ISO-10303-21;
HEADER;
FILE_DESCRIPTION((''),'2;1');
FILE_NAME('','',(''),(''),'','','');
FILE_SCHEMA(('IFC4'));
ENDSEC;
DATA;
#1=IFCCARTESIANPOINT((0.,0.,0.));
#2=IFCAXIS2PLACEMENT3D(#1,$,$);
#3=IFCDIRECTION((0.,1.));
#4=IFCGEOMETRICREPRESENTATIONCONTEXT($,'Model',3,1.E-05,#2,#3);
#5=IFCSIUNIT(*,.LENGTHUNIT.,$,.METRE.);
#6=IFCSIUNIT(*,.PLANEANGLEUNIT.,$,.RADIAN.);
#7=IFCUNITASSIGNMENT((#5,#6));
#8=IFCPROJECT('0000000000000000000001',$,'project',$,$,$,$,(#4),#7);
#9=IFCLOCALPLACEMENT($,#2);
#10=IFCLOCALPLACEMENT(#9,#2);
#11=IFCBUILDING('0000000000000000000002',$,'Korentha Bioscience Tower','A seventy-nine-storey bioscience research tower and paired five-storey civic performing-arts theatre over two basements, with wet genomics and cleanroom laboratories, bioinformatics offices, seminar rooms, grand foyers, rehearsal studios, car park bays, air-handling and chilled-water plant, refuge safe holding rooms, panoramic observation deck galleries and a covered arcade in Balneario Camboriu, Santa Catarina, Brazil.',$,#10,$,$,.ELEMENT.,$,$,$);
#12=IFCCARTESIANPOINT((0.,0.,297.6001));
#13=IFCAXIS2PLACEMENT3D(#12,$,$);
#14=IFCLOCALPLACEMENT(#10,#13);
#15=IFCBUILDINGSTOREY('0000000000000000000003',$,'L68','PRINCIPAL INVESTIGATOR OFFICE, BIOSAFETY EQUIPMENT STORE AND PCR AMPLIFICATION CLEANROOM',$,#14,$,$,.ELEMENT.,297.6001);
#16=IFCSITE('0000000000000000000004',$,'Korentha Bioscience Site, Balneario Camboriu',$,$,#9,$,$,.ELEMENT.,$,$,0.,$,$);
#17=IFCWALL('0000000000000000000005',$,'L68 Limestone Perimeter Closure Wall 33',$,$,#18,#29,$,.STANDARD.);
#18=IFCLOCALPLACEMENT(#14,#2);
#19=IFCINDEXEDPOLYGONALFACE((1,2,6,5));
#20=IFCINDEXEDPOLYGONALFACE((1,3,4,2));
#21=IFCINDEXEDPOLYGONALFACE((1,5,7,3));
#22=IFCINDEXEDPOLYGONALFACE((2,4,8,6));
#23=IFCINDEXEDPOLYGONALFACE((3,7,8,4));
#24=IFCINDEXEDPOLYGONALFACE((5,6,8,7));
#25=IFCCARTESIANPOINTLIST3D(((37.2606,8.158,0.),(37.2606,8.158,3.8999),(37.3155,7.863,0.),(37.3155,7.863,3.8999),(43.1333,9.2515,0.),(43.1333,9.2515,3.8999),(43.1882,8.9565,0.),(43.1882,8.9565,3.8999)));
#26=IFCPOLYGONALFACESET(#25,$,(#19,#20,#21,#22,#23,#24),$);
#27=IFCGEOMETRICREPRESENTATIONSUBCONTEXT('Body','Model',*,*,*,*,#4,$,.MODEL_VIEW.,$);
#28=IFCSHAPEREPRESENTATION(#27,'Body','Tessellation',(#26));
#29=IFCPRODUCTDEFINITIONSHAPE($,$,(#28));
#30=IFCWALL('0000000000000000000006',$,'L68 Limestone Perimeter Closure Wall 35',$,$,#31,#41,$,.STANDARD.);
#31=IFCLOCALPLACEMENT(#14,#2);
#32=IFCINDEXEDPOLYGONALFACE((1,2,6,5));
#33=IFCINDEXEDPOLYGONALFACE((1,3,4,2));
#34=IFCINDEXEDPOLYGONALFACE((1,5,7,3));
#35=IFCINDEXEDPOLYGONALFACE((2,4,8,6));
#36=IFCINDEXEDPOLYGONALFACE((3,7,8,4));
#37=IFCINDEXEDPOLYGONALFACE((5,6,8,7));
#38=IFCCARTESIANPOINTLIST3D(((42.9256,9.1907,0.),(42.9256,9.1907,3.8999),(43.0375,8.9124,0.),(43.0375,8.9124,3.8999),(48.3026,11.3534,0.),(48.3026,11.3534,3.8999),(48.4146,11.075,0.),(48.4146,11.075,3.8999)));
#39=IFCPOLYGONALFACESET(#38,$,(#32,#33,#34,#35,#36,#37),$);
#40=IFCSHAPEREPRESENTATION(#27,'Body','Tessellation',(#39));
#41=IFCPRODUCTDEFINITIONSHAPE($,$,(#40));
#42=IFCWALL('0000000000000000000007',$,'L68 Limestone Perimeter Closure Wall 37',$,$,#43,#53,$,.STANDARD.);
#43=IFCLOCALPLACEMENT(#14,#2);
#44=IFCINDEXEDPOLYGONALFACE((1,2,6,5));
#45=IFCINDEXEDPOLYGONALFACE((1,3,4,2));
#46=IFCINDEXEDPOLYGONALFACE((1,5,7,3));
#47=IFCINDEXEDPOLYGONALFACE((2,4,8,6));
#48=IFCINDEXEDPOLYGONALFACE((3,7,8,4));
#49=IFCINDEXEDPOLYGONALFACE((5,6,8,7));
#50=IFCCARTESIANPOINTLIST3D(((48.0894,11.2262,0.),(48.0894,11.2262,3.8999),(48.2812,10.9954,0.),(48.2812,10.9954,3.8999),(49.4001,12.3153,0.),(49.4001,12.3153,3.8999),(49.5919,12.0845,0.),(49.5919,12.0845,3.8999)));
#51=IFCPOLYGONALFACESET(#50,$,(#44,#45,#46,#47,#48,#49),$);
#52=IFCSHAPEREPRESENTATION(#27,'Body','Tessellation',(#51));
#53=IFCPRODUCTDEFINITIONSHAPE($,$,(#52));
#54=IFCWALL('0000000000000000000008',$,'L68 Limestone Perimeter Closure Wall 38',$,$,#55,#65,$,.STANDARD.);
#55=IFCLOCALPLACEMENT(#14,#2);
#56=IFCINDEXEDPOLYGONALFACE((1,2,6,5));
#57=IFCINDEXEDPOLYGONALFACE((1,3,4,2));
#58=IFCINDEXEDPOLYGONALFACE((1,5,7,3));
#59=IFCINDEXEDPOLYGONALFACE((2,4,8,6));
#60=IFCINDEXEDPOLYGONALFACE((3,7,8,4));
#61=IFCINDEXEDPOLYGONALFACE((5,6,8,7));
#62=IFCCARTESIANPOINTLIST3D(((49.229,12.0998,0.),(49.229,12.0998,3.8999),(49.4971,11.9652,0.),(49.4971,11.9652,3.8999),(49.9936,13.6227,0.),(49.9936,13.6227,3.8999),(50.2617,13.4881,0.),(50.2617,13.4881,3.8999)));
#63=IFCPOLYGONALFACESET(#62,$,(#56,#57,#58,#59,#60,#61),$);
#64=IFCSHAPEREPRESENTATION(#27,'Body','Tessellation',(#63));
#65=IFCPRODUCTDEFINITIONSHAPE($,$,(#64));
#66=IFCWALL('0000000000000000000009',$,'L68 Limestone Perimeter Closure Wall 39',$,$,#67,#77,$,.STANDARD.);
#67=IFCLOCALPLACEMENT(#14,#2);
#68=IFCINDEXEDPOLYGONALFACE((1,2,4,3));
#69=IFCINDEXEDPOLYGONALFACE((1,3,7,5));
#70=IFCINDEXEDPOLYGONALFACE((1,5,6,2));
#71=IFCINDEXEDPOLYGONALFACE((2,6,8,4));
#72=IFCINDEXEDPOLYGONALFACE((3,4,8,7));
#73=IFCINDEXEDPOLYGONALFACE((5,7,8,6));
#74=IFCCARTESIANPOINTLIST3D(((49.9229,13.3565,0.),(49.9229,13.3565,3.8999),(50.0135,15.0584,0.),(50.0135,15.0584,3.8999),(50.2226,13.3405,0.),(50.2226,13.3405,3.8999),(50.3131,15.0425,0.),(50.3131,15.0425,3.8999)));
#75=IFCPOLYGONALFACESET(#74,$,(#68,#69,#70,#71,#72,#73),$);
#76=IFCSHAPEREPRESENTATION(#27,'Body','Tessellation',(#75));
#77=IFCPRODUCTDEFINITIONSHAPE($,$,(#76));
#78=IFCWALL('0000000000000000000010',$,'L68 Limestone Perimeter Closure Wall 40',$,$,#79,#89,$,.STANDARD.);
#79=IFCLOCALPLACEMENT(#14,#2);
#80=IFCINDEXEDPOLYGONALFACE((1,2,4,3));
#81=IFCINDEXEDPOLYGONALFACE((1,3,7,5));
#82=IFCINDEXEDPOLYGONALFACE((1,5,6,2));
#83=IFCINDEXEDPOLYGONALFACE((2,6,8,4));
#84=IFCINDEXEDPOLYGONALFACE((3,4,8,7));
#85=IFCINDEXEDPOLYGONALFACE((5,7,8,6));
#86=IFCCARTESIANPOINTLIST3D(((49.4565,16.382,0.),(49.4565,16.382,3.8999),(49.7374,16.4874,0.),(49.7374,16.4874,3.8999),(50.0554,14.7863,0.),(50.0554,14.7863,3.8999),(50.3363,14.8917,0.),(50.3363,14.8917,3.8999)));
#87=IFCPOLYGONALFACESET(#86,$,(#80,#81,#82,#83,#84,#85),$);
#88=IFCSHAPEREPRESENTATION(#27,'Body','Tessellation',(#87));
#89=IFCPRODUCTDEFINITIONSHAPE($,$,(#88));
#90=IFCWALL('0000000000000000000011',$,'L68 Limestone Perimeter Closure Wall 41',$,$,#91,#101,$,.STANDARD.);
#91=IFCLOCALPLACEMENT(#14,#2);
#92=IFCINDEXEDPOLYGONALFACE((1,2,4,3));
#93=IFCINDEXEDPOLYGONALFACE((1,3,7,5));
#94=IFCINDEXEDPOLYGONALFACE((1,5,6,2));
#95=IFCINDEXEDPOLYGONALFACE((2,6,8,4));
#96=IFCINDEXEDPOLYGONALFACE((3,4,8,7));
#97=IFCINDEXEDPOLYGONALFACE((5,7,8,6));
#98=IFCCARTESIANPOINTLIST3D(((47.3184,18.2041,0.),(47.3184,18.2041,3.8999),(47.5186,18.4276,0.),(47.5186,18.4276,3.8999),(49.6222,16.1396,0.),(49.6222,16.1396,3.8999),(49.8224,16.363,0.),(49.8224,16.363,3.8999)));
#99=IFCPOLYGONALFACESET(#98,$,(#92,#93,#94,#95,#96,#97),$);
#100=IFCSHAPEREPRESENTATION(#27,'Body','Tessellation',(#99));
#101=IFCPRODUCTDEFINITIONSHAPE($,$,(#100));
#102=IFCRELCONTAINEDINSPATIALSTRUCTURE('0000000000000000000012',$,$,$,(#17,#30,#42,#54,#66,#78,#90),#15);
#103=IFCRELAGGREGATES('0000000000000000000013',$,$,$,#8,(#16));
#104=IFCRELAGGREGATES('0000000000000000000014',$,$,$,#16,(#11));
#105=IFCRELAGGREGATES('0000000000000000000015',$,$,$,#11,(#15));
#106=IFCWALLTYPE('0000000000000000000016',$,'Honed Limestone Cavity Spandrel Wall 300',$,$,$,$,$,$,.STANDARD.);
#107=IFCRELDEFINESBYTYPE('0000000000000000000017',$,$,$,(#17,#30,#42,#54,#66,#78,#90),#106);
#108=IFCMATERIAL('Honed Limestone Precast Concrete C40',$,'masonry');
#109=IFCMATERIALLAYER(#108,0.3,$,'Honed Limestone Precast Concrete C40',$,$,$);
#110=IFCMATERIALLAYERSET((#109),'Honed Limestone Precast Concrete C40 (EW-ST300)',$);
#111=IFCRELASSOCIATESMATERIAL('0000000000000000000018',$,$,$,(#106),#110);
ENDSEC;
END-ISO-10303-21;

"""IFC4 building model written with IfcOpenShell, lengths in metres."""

from ifc_helpers import new_model, si_unit, direction, frame, frame_2d, origin, place, context, subcontext, project, spatial, rectangle, extrude, material, layer, layer_set, type_object, element, save


model = new_model("IFC4")

# Units and contexts
model_context = context("Model", 3, precision=1e-05, world=origin(), true_north=direction((0.0, 1.0)))
body_context = subcontext(model_context, "Body", "Model", "MODEL_VIEW")
ifc_project = project(units=[si_unit("LENGTHUNIT", "METRE"), si_unit("PLANEANGLEUNIT", "RADIAN")], contexts=[model_context])

# Site, building, storey
site_placement = place(None, origin())
site = spatial("IfcSite", under=ifc_project, at=site_placement, Name="Korentha Bioscience Site, Balneario Camboriu", CompositionType="ELEMENT", RefElevation=0.0)
building_placement = place(site_placement, origin())
building = spatial("IfcBuilding", under=site, at=building_placement, Name="Korentha Bioscience Tower", Description="A seventy-nine-storey bioscience research tower and paired five-storey civic performing-arts theatre over two basements, with wet genomics and cleanroom laboratories, bioinformatics offices, seminar rooms, grand foyers, rehearsal studios, car park bays, air-handling and chilled-water plant, refuge safe holding rooms, panoramic observation deck galleries and a covered arcade in Balneario Camboriu, Santa Catarina, Brazil.", CompositionType="ELEMENT")
storey_placement = place(building_placement, frame((0.0, 0.0, 297.6001)))
storey = spatial("IfcBuildingStorey", under=building, at=storey_placement, Name="L68", Description="PRINCIPAL INVESTIGATOR OFFICE, BIOSAFETY EQUIPMENT STORE AND PCR AMPLIFICATION CLEANROOM", CompositionType="ELEMENT", Elevation=297.6001)

# Walls
ifc_material_1 = material(Name="Honed Limestone Precast Concrete C40", Category="masonry")
ifc_layer_1 = layer(ifc_material_1, 0.3, Name="Honed Limestone Precast Concrete C40")
ifc_layer_set_1 = layer_set([ifc_layer_1], Name="Honed Limestone Precast Concrete C40 (EW-ST300)")
wall_type_1 = type_object("IfcWallType", Name="Honed Limestone Cavity Spandrel Wall 300", PredefinedType="STANDARD", material=ifc_layer_set_1)
wall_1_placement = place(storey_placement, frame((37.2881, 8.0105, 0.0), z_axis=(0.0, 0.0, 1.0), x_axis=(0.983103, 0.183052, 0.0)))
element("IfcWall", 1, at=wall_1_placement, inside=storey, type_object=wall_type_1, Name="L68 Limestone Perimeter Closure Wall 33", PredefinedType="STANDARD", context=body_context, shape_type="SweptSolid", body=[
    extrude(rectangle(XDim=5.9736, YDim=0.3, at=frame_2d((2.9868, 0.0))), origin(), (0.0, 0.0, 1.0), 3.8999),
])
wall_2_placement = place(storey_placement, frame((42.9814, 9.0515, 0.0), z_axis=(0.0, 0.0, 1.0), x_axis=(0.927772, 0.373148, 0.0)))
element("IfcWall", 2, at=wall_2_placement, inside=storey, type_object=wall_type_1, Name="L68 Limestone Perimeter Closure Wall 35", PredefinedType="STANDARD", context=body_context, shape_type="SweptSolid", body=[
    extrude(rectangle(XDim=5.7957, YDim=0.3, at=frame_2d((2.8979, 0.0))), origin(), (0.0, 0.0, 1.0), 3.8999),
])
for number, where, z_axis, x_axis, name in (
    (3, (48.1853, 11.1108, 0.0), (0.0, 0.0, 1.0), (0.769148, 0.639071, 0.0), "L68 Limestone Perimeter Closure Wall 37"),
    (4, (49.363, 12.0325, 0.0), (0.0, 0.0, 1.0), (0.448703, 0.893681, 0.0), "L68 Limestone Perimeter Closure Wall 38"),
):
    element("IfcWall", number, at=place(storey_placement, frame(where, z_axis=z_axis, x_axis=x_axis)), inside=storey, type_object=wall_type_1, Name=name, PredefinedType="STANDARD", context=body_context, shape_type="SweptSolid", body=[
        extrude(rectangle(XDim=1.7041, YDim=0.3, at=frame_2d((0.8521, 0.0))), origin(), (0.0, 0.0, 1.0), 3.8999),
    ])
for number, where, z_axis, x_axis, name in (
    (5, (50.0728, 13.3486, 0.0), (0.0, 0.0, 1.0), (0.053145, 0.998587, 0.0), "L68 Limestone Perimeter Closure Wall 39"),
    (6, (50.1958, 14.8391, 0.0), (0.0, 0.0, 1.0), (-0.351375, 0.936235, 0.0), "L68 Limestone Perimeter Closure Wall 40"),
):
    element("IfcWall", number, at=place(storey_placement, frame(where, z_axis=z_axis, x_axis=x_axis)), inside=storey, type_object=wall_type_1, Name=name, PredefinedType="STANDARD", context=body_context, shape_type="SweptSolid", body=[
        extrude(rectangle(XDim=1.7043, YDim=0.3, at=frame_2d((0.8521, 0.0))), origin(), (0.0, 0.0, 1.0), 3.8999),
    ])
wall_3_placement = place(storey_placement, frame((49.7224, 16.2512, 0.0), z_axis=(0.0, 0.0, 1.0), x_axis=(-0.744721, 0.667376, 0.0)))
element("IfcWall", 7, at=wall_3_placement, inside=storey, type_object=wall_type_1, Name="L68 Limestone Perimeter Closure Wall 41", PredefinedType="STANDARD", context=body_context, shape_type="SweptSolid", body=[
    extrude(rectangle(XDim=3.0935, YDim=0.3, at=frame_2d((1.5469, 0.0))), origin(), (0.0, 0.0, 1.0), 3.8999),
])

save(model, "model.ifc")
